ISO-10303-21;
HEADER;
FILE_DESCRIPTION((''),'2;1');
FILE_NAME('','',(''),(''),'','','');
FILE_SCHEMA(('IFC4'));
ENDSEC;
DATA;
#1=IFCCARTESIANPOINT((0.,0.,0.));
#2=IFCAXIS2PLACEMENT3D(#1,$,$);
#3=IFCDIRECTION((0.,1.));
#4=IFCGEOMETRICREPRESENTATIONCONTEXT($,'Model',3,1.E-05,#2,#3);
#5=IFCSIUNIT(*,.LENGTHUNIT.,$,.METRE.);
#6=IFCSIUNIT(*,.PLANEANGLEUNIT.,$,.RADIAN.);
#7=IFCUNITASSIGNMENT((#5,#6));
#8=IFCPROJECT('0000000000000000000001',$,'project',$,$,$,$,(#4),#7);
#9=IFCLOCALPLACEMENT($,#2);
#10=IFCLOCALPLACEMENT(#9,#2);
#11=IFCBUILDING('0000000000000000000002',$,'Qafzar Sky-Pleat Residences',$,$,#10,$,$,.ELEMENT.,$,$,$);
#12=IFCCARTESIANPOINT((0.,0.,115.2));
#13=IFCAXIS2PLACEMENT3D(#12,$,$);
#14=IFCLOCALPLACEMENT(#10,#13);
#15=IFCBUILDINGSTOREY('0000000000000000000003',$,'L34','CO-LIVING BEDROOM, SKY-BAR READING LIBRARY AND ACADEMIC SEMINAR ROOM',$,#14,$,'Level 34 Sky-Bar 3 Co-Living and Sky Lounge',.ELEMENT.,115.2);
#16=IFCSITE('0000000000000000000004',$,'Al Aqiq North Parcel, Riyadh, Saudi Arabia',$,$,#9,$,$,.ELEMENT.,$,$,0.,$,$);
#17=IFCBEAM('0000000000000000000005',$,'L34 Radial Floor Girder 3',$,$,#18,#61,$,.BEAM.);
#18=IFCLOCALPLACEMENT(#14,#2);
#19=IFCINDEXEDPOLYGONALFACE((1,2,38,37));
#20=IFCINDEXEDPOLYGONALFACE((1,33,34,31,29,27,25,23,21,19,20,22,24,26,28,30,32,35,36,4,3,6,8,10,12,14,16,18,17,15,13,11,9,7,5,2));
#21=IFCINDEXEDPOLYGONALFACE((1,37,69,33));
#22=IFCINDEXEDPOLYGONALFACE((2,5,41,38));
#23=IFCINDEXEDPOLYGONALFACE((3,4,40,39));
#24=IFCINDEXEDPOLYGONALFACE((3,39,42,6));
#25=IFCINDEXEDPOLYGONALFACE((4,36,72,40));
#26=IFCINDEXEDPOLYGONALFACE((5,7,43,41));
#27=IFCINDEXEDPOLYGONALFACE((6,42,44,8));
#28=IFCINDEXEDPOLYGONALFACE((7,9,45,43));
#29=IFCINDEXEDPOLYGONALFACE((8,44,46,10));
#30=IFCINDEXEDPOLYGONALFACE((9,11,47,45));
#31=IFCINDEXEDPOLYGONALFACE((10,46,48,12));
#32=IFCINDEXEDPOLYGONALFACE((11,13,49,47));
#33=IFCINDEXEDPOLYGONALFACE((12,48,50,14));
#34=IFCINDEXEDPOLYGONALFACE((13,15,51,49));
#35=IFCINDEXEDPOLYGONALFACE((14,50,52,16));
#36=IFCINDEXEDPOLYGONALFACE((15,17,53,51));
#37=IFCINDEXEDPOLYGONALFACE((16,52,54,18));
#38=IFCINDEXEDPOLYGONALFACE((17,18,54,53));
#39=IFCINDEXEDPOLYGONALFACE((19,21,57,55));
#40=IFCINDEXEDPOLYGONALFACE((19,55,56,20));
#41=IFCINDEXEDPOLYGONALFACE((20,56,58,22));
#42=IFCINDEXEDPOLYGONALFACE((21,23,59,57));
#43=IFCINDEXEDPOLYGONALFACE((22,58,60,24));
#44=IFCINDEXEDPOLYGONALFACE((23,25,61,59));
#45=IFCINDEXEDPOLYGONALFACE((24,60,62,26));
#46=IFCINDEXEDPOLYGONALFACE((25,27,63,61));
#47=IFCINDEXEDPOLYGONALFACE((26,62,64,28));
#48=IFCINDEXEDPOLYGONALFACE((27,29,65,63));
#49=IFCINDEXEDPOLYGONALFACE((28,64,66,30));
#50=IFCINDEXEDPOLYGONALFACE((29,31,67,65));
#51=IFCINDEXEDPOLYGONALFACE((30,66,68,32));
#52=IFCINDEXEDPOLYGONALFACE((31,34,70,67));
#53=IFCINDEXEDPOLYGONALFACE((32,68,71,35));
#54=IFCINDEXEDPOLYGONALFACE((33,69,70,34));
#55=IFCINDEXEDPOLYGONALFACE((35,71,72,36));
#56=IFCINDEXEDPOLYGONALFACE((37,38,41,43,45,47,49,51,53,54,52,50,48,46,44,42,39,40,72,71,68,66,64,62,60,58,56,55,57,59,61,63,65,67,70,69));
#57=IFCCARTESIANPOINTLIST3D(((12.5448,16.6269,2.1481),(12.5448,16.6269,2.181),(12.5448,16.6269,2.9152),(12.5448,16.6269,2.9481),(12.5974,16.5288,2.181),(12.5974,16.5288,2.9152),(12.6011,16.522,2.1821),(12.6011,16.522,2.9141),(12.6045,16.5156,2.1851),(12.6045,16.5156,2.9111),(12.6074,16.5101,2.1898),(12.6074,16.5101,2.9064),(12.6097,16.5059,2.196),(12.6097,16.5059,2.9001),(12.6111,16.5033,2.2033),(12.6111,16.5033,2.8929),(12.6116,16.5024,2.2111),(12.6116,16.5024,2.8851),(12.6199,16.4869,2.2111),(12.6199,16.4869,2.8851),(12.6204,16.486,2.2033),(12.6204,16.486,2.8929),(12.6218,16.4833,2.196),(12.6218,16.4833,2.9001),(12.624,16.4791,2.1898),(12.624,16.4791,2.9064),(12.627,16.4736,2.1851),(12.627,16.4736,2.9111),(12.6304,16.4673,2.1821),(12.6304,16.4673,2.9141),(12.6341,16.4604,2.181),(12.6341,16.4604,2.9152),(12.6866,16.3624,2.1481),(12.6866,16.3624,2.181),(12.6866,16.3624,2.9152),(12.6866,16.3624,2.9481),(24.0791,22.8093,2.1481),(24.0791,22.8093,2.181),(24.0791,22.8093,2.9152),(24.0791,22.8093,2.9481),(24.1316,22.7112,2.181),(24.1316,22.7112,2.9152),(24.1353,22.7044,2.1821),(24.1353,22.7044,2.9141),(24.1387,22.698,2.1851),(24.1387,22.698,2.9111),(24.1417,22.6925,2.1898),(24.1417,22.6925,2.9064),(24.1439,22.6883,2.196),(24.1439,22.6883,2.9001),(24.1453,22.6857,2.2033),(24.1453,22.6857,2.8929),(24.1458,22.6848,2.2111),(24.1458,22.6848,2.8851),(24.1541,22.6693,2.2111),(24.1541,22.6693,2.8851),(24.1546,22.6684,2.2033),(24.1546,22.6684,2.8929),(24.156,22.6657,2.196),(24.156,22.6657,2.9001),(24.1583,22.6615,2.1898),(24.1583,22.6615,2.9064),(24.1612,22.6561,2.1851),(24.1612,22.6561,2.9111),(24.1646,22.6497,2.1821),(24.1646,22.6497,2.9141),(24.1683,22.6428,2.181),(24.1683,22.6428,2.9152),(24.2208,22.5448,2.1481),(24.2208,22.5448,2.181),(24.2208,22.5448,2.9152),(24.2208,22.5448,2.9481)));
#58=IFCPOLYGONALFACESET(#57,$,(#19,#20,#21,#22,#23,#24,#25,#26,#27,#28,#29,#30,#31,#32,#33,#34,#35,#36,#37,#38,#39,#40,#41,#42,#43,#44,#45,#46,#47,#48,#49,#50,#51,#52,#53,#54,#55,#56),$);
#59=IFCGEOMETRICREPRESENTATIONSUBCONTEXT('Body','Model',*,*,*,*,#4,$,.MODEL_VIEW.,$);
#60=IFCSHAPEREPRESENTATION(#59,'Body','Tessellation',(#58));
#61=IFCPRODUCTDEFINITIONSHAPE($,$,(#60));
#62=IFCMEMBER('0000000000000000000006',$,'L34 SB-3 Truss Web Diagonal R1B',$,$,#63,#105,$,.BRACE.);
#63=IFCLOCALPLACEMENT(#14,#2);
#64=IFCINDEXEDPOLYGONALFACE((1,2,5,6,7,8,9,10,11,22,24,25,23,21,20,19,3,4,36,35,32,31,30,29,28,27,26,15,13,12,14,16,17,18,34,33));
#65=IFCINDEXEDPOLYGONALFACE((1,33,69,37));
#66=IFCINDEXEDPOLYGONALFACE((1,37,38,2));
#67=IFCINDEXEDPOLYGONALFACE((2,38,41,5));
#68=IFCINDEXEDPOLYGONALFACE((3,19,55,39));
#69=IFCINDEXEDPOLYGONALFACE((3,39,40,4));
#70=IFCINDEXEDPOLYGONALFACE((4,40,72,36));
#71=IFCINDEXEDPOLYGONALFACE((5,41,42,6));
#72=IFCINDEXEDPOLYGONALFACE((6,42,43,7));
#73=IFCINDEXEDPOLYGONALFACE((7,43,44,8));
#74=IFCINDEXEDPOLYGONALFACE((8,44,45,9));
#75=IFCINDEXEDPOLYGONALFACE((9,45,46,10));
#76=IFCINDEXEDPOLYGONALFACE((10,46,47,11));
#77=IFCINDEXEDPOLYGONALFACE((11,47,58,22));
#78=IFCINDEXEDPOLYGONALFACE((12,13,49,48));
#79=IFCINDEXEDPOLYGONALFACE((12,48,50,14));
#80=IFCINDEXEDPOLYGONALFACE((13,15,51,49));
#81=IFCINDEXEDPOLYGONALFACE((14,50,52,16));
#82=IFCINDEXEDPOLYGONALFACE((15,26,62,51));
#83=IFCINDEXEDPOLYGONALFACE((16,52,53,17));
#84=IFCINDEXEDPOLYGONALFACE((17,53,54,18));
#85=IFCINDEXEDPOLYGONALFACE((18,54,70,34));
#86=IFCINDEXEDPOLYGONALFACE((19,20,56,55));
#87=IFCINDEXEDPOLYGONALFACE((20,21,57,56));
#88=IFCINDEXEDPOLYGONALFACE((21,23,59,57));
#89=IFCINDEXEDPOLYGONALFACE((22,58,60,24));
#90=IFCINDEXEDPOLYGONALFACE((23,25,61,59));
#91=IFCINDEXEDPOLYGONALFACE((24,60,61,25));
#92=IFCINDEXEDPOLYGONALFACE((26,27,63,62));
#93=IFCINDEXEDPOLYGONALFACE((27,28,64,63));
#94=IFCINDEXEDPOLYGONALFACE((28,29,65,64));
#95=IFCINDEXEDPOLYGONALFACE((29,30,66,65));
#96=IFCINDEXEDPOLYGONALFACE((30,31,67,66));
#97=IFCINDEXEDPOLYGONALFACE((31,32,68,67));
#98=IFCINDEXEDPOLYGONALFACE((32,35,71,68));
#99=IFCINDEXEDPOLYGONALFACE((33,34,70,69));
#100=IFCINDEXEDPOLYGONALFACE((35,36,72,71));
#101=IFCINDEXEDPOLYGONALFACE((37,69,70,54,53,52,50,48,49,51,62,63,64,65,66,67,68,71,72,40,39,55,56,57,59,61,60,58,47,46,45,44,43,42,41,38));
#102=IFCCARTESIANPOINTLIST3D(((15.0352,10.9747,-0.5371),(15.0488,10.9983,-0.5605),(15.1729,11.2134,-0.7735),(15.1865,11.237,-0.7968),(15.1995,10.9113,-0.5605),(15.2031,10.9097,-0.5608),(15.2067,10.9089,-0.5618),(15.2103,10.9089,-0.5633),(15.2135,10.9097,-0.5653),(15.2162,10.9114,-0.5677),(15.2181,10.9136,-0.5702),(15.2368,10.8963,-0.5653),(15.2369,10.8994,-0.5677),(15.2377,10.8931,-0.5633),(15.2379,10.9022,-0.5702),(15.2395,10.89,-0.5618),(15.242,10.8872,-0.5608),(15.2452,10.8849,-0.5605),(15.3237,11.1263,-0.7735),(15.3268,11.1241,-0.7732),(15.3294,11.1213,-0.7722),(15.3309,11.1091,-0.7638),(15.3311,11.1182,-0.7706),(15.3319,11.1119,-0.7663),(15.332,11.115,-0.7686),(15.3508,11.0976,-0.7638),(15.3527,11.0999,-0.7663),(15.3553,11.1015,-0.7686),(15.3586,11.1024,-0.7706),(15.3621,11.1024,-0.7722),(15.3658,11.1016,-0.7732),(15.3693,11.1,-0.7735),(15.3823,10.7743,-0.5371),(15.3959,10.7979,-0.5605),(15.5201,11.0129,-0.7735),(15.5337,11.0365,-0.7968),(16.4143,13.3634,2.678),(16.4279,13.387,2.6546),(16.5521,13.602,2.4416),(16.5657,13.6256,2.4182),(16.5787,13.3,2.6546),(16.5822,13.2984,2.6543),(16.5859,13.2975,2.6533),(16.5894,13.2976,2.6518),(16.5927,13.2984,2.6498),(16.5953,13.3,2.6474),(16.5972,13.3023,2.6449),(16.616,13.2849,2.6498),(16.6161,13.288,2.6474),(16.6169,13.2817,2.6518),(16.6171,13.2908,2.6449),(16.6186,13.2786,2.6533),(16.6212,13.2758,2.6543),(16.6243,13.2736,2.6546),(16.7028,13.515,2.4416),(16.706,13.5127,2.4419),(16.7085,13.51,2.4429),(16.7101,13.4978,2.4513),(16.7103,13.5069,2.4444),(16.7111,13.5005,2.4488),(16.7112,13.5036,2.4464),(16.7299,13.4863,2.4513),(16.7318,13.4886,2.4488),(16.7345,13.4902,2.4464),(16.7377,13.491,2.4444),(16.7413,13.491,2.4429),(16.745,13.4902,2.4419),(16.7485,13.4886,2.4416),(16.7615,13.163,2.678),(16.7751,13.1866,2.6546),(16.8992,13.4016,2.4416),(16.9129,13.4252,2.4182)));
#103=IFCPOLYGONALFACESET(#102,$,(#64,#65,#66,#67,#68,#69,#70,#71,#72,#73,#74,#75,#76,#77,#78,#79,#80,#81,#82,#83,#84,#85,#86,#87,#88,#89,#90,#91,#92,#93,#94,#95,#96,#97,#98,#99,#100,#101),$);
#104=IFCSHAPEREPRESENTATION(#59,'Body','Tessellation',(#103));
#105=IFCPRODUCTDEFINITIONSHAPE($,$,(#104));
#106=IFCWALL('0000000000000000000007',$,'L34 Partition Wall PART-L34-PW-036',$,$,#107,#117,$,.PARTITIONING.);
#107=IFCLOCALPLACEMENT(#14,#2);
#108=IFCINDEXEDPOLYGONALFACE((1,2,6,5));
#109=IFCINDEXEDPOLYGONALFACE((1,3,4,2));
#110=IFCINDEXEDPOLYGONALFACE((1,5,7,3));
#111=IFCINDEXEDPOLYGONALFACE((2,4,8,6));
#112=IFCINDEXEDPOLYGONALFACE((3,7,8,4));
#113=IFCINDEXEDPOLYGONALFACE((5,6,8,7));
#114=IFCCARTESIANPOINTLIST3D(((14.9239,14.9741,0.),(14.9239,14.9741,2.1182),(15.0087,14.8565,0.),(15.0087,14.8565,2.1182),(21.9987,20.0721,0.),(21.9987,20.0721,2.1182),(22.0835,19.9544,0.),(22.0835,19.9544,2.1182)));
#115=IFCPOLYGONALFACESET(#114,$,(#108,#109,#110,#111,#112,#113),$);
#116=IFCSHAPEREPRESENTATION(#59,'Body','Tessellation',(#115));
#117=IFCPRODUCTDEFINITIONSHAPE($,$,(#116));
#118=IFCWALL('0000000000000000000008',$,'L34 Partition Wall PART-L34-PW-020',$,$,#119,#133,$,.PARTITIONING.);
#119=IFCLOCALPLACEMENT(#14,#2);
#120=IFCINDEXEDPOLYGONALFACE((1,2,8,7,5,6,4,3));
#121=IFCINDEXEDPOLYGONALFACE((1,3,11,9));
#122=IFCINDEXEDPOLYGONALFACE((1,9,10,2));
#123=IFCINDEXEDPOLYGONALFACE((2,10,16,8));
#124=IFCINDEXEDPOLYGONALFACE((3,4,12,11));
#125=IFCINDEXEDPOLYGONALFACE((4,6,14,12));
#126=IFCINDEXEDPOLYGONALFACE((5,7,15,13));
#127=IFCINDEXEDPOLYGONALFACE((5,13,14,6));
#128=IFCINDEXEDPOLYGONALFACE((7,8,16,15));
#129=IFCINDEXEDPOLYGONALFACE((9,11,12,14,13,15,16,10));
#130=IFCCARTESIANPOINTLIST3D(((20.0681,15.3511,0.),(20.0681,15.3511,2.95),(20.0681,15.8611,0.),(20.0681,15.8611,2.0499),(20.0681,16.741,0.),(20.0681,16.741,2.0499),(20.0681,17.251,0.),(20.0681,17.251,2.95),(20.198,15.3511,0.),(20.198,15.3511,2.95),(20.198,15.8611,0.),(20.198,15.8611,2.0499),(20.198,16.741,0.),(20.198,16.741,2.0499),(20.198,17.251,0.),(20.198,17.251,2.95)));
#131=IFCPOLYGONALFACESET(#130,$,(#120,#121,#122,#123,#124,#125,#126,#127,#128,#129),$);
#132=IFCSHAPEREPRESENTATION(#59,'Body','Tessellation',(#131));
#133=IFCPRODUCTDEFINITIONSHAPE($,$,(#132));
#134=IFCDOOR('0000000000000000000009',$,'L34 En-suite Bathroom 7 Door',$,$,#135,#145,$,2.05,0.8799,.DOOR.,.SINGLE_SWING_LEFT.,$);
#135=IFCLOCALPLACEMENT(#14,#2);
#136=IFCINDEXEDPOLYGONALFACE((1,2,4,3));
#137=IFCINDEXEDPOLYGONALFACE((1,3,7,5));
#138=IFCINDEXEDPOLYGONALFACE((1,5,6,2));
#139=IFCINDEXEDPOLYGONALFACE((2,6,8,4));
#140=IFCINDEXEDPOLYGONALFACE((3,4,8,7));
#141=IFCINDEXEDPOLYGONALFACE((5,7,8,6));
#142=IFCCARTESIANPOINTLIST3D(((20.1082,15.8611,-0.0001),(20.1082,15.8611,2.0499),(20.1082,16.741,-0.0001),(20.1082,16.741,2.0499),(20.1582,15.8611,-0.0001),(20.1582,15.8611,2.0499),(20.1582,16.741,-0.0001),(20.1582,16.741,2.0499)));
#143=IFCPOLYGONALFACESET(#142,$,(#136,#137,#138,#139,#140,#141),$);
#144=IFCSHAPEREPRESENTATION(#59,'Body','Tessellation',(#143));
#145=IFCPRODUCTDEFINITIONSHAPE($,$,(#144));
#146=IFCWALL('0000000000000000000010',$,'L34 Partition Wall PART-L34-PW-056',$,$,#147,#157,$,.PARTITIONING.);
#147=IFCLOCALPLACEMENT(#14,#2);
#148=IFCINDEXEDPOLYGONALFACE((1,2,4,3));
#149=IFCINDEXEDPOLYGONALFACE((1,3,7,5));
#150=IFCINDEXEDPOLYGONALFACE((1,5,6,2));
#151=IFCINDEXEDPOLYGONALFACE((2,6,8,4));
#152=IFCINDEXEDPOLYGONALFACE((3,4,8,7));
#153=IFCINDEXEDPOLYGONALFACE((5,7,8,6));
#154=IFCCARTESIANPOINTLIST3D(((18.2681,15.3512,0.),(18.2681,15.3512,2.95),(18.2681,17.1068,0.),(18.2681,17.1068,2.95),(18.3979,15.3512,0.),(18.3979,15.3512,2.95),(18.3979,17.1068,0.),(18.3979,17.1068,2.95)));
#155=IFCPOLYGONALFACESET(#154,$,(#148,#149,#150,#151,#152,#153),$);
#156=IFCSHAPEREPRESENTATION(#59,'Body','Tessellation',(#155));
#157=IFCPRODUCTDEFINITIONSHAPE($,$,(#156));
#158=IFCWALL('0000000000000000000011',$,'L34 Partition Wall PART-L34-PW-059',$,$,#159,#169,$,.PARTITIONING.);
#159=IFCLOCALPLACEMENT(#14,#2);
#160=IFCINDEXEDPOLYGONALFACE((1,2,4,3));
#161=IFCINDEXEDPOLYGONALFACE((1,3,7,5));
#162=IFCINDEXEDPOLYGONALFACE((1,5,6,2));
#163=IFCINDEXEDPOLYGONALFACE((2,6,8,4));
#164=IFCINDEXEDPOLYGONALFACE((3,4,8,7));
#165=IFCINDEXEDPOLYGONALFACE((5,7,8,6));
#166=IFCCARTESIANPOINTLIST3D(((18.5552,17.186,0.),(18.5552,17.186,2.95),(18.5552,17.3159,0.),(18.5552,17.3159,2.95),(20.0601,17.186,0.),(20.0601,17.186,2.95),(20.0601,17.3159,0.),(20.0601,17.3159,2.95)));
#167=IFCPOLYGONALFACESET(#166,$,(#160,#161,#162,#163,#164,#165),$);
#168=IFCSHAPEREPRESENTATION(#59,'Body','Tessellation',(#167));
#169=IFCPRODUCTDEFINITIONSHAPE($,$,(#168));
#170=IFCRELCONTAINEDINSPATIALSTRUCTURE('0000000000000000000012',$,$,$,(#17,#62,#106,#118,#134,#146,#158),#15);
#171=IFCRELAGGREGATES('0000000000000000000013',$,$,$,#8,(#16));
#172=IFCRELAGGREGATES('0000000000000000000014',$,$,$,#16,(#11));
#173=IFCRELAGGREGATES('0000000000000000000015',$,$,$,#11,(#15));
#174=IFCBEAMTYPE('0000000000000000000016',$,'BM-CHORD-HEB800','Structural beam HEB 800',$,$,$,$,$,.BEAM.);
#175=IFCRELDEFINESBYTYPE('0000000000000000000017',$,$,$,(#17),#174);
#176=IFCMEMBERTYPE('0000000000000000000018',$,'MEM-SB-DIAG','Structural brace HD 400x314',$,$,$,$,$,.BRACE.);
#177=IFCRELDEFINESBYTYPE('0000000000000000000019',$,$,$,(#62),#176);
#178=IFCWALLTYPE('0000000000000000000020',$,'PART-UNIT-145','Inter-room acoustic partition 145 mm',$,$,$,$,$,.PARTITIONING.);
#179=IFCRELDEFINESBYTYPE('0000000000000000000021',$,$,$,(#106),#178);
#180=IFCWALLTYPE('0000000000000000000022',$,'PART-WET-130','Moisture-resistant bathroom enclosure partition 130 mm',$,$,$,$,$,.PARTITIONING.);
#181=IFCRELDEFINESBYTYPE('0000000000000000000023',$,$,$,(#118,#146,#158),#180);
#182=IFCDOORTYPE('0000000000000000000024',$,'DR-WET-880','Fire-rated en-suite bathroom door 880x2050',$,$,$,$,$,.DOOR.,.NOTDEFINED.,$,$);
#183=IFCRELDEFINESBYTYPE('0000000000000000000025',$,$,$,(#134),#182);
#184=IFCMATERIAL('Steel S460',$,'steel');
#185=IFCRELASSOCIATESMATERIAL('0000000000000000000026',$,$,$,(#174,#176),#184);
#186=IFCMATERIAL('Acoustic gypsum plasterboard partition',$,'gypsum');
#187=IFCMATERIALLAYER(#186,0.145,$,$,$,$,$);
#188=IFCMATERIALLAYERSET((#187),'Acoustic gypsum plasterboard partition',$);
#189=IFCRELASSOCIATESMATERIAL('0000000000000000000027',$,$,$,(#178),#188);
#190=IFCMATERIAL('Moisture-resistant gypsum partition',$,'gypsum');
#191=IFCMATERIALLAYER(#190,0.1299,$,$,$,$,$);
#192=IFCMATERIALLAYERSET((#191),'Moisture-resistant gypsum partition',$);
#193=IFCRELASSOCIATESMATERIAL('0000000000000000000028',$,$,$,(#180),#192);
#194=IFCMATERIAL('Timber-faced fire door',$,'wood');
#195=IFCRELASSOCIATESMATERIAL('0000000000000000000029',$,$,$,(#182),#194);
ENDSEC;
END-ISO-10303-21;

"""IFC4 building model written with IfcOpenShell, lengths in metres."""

from ifc_helpers import new_model, si_unit, direction, frame, frame_2d, origin, origin_2d, place, context, subcontext, project, spatial, rectangle, i_section, extrude, source, transform, mapped, material, layer, layer_set, material_profile, profile_set, type_object, element, fill, save


model = new_model("IFC4")

# Units and contexts
model_context = context("Model", 3, precision=1e-05, world=origin(), true_north=direction((0.0, 1.0)))
body_context = subcontext(model_context, "Body", "Model", "MODEL_VIEW")
ifc_project = project(units=[si_unit("LENGTHUNIT", "METRE"), si_unit("PLANEANGLEUNIT", "RADIAN")], contexts=[model_context])

# Site, building, storey
site_placement = place(None, origin())
site = spatial("IfcSite", under=ifc_project, at=site_placement, Name="Al Aqiq North Parcel, Riyadh, Saudi Arabia", CompositionType="ELEMENT", RefElevation=0.0)
building_placement = place(site_placement, origin())
building = spatial("IfcBuilding", under=site, at=building_placement, Name="Qafzar Sky-Pleat Residences", CompositionType="ELEMENT")
storey_placement = place(building_placement, frame((0.0, 0.0, 115.2)))
storey = spatial("IfcBuildingStorey", under=building, at=storey_placement, Name="L34", Description="CO-LIVING BEDROOM, SKY-BAR READING LIBRARY AND ACADEMIC SEMINAR ROOM", LongName="Level 34 Sky-Bar 3 Co-Living and Sky Lounge", CompositionType="ELEMENT", Elevation=115.2)

# Shared definitions
ifc_material_1 = material(Name="Steel S460", Category="steel")

# Beam
ifc_material_profile_1 = material_profile(ifc_material_1, i_section(OverallWidth=0.3, OverallDepth=0.8, WebThickness=0.0176, FlangeThickness=0.033, FilletRadius=0.03, at=origin_2d()), Name="HEB 800")
ifc_profile_set_1 = profile_set([ifc_material_profile_1], Name="Steel S460")
beam_type_1 = type_object("IfcBeamType", Name="BM-CHORD-HEB800", Description="Structural beam HEB 800", PredefinedType="BEAM", material=ifc_profile_set_1)
shared_shape_1 = source(origin(), body_context, "Body", "SweptSolid", [
    extrude(i_section(OverallWidth=0.3, OverallDepth=0.8, WebThickness=0.0176, FlangeThickness=0.033, FilletRadius=0.03, at=origin_2d()), origin(), (0.0, 0.0, 1.0), 13.0867),
])
beam_1_placement = place(storey_placement, frame((12.6157, 16.4946, 2.5481), z_axis=(0.881373, 0.47242, 0.0), x_axis=(-0.47242, 0.881373, 0.0)))
element("IfcBeam", 1, at=beam_1_placement, inside=storey, type_object=beam_type_1, Name="L34 Radial Floor Girder 3", PredefinedType="BEAM", context=body_context, shape_type="MappedRepresentation", body=[
    mapped(shared_shape_1, transform((0.0, 0.0, 0.0), x_axis=(1.0, 0.0, 0.0), y_axis=(0.0, 1.0, 0.0), z_axis=(0.0, 0.0, 1.0), scale=1.0)),
])

# Member
ifc_material_profile_2 = material_profile(ifc_material_1, i_section(OverallWidth=0.4009, OverallDepth=0.3989, WebThickness=0.0229, FlangeThickness=0.0359, FilletRadius=0.0149, at=origin_2d()), Name="HD 400x314")
ifc_profile_set_2 = profile_set([ifc_material_profile_2], Name="Steel S460")
member_type = type_object("IfcMemberType", Name="MEM-SB-DIAG", Description="Structural brace HD 400x314", PredefinedType="BRACE", material=ifc_profile_set_2)
shared_shape_2 = source(origin(), body_context, "Body", "SweptSolid", [
    extrude(i_section(OverallWidth=0.4009, OverallDepth=0.3989, WebThickness=0.0229, FlangeThickness=0.0359, FilletRadius=0.0149, at=origin_2d()), origin(), (0.0, 0.0, 1.0), 4.2361),
])
member_placement = place(storey_placement, frame((16.6636, 13.3943, 2.5481), z_axis=(-0.32557, -0.563884, -0.758972), x_axis=(0.866018, -0.500014, 0.0)))
element("IfcMember", 2, at=member_placement, inside=storey, type_object=member_type, Name="L34 SB-3 Truss Web Diagonal R1B", PredefinedType="BRACE", context=body_context, shape_type="MappedRepresentation", body=[
    mapped(shared_shape_2, transform((0.0, 0.0, 0.0), x_axis=(1.0, 0.0, 0.0), y_axis=(0.0, 1.0, 0.0), z_axis=(0.0, 0.0, 1.0), scale=1.0)),
])

# Wall
ifc_material_2 = material(Name="Acoustic gypsum plasterboard partition", Category="gypsum")
ifc_layer_1 = layer(ifc_material_2, 0.145)
ifc_layer_set_1 = layer_set([ifc_layer_1], Name="Acoustic gypsum plasterboard partition")
wall_type_1 = type_object("IfcWallType", Name="PART-UNIT-145", Description="Inter-room acoustic partition 145 mm", PredefinedType="PARTITIONING", material=ifc_layer_set_1)
wall_1_placement = place(storey_placement, frame((14.9663, 14.9153, 0.0), z_axis=(0.0, 0.0, 1.0), x_axis=(0.811311, 0.584615, 0.0)))
element("IfcWall", 3, at=wall_1_placement, inside=storey, type_object=wall_type_1, Name="L34 Partition Wall PART-L34-PW-036", PredefinedType="PARTITIONING", context=body_context, shape_type="SweptSolid", body=[
    extrude(rectangle(XDim=8.7202, YDim=0.145, at=frame_2d((4.3601, 0.0))), origin(), (0.0, 0.0, 1.0), 2.1182),
])

# Wall, opening, door
ifc_material_3 = material(Name="Moisture-resistant gypsum partition", Category="gypsum")
ifc_layer_2 = layer(ifc_material_3, 0.1299)
ifc_layer_set_2 = layer_set([ifc_layer_2], Name="Moisture-resistant gypsum partition")
wall_type_2 = type_object("IfcWallType", Name="PART-WET-130", Description="Moisture-resistant bathroom enclosure partition 130 mm", PredefinedType="PARTITIONING", material=ifc_layer_set_2)
wall_2_placement = place(storey_placement, frame((20.1331, 15.3511, 0.0), z_axis=(0.0, 0.0, 1.0), x_axis=(0.0, 1.0, 0.0)))
wall_2 = element("IfcWall", 4, at=wall_2_placement, inside=storey, type_object=wall_type_2, Name="L34 Partition Wall PART-L34-PW-020", PredefinedType="PARTITIONING", context=body_context, shape_type="SweptSolid", body=[
    extrude(rectangle(XDim=1.8999, YDim=0.1299, at=frame_2d((0.95, 0.0))), origin(), (0.0, 0.0, 1.0), 2.95),
])
opening_1_placement = place(wall_2_placement, frame((0.51, 0.0, 0.0)))
opening_1 = element("IfcOpeningElement", 5, at=opening_1_placement, cuts=wall_2, PredefinedType="OPENING", context=body_context, shape_type="SweptSolid", body=[
    extrude(rectangle(XDim=0.8799, YDim=2.05, at=frame_2d((0.4399, 1.0249))), frame((0.0, 0.075, 0.0), z_axis=(0.0, -1.0, 0.0), x_axis=(1.0, 0.0, 0.0)), (0.0, 0.0, 1.0), 0.1499),
])
ifc_material_4 = material(Name="Timber-faced fire door", Category="wood")
door_type = type_object("IfcDoorType", Name="DR-WET-880", Description="Fire-rated en-suite bathroom door 880x2050", OperationType="NOTDEFINED", PredefinedType="DOOR", material=ifc_material_4)
shared_shape_3 = source(origin(), body_context, "Body", "SweptSolid", [
    extrude(rectangle(XDim=0.8799, YDim=2.05, at=frame_2d((0.4399, 1.0249))), frame((0.0, 0.0249, 0.0), z_axis=(0.0, -1.0, 0.0), x_axis=(1.0, 0.0, 0.0)), (0.0, 0.0, 1.0), 0.05),
])
door_placement = place(opening_1_placement, origin())
door = element("IfcDoor", 6, at=door_placement, inside=storey, type_object=door_type, Name="L34 En-suite Bathroom 7 Door", OperationType="SINGLE_SWING_LEFT", OverallHeight=2.05, OverallWidth=0.8799, PredefinedType="DOOR", context=body_context, shape_type="MappedRepresentation", body=[
    mapped(shared_shape_3, transform((0.0, 0.0, 0.0), x_axis=(1.0, 0.0, 0.0), y_axis=(0.0, 1.0, 0.0), z_axis=(0.0, 0.0, 1.0), scale=1.0)),
])
fill(opening_1, door)

# Walls
wall_3_placement = place(storey_placement, frame((18.333, 15.3511, 0.0), z_axis=(0.0, 0.0, 1.0), x_axis=(0.0, 1.0, 0.0)))
element("IfcWall", 7, at=wall_3_placement, inside=storey, type_object=wall_type_2, Name="L34 Partition Wall PART-L34-PW-056", PredefinedType="PARTITIONING", context=body_context, shape_type="SweptSolid", body=[
    extrude(rectangle(XDim=1.7556, YDim=0.1299, at=frame_2d((0.8779, 0.0))), origin(), (0.0, 0.0, 1.0), 2.95),
])
wall_4_placement = place(storey_placement, frame((18.5552, 17.251, 0.0), z_axis=(0.0, 0.0, 1.0), x_axis=(1.0, 0.0, 0.0)))
element("IfcWall", 8, at=wall_4_placement, inside=storey, type_object=wall_type_2, Name="L34 Partition Wall PART-L34-PW-059", PredefinedType="PARTITIONING", context=body_context, shape_type="SweptSolid", body=[
    extrude(rectangle(XDim=1.5049, YDim=0.1299, at=frame_2d((0.7524, 0.0))), origin(), (0.0, 0.0, 1.0), 2.95),
])

save(model, "model.ifc")
